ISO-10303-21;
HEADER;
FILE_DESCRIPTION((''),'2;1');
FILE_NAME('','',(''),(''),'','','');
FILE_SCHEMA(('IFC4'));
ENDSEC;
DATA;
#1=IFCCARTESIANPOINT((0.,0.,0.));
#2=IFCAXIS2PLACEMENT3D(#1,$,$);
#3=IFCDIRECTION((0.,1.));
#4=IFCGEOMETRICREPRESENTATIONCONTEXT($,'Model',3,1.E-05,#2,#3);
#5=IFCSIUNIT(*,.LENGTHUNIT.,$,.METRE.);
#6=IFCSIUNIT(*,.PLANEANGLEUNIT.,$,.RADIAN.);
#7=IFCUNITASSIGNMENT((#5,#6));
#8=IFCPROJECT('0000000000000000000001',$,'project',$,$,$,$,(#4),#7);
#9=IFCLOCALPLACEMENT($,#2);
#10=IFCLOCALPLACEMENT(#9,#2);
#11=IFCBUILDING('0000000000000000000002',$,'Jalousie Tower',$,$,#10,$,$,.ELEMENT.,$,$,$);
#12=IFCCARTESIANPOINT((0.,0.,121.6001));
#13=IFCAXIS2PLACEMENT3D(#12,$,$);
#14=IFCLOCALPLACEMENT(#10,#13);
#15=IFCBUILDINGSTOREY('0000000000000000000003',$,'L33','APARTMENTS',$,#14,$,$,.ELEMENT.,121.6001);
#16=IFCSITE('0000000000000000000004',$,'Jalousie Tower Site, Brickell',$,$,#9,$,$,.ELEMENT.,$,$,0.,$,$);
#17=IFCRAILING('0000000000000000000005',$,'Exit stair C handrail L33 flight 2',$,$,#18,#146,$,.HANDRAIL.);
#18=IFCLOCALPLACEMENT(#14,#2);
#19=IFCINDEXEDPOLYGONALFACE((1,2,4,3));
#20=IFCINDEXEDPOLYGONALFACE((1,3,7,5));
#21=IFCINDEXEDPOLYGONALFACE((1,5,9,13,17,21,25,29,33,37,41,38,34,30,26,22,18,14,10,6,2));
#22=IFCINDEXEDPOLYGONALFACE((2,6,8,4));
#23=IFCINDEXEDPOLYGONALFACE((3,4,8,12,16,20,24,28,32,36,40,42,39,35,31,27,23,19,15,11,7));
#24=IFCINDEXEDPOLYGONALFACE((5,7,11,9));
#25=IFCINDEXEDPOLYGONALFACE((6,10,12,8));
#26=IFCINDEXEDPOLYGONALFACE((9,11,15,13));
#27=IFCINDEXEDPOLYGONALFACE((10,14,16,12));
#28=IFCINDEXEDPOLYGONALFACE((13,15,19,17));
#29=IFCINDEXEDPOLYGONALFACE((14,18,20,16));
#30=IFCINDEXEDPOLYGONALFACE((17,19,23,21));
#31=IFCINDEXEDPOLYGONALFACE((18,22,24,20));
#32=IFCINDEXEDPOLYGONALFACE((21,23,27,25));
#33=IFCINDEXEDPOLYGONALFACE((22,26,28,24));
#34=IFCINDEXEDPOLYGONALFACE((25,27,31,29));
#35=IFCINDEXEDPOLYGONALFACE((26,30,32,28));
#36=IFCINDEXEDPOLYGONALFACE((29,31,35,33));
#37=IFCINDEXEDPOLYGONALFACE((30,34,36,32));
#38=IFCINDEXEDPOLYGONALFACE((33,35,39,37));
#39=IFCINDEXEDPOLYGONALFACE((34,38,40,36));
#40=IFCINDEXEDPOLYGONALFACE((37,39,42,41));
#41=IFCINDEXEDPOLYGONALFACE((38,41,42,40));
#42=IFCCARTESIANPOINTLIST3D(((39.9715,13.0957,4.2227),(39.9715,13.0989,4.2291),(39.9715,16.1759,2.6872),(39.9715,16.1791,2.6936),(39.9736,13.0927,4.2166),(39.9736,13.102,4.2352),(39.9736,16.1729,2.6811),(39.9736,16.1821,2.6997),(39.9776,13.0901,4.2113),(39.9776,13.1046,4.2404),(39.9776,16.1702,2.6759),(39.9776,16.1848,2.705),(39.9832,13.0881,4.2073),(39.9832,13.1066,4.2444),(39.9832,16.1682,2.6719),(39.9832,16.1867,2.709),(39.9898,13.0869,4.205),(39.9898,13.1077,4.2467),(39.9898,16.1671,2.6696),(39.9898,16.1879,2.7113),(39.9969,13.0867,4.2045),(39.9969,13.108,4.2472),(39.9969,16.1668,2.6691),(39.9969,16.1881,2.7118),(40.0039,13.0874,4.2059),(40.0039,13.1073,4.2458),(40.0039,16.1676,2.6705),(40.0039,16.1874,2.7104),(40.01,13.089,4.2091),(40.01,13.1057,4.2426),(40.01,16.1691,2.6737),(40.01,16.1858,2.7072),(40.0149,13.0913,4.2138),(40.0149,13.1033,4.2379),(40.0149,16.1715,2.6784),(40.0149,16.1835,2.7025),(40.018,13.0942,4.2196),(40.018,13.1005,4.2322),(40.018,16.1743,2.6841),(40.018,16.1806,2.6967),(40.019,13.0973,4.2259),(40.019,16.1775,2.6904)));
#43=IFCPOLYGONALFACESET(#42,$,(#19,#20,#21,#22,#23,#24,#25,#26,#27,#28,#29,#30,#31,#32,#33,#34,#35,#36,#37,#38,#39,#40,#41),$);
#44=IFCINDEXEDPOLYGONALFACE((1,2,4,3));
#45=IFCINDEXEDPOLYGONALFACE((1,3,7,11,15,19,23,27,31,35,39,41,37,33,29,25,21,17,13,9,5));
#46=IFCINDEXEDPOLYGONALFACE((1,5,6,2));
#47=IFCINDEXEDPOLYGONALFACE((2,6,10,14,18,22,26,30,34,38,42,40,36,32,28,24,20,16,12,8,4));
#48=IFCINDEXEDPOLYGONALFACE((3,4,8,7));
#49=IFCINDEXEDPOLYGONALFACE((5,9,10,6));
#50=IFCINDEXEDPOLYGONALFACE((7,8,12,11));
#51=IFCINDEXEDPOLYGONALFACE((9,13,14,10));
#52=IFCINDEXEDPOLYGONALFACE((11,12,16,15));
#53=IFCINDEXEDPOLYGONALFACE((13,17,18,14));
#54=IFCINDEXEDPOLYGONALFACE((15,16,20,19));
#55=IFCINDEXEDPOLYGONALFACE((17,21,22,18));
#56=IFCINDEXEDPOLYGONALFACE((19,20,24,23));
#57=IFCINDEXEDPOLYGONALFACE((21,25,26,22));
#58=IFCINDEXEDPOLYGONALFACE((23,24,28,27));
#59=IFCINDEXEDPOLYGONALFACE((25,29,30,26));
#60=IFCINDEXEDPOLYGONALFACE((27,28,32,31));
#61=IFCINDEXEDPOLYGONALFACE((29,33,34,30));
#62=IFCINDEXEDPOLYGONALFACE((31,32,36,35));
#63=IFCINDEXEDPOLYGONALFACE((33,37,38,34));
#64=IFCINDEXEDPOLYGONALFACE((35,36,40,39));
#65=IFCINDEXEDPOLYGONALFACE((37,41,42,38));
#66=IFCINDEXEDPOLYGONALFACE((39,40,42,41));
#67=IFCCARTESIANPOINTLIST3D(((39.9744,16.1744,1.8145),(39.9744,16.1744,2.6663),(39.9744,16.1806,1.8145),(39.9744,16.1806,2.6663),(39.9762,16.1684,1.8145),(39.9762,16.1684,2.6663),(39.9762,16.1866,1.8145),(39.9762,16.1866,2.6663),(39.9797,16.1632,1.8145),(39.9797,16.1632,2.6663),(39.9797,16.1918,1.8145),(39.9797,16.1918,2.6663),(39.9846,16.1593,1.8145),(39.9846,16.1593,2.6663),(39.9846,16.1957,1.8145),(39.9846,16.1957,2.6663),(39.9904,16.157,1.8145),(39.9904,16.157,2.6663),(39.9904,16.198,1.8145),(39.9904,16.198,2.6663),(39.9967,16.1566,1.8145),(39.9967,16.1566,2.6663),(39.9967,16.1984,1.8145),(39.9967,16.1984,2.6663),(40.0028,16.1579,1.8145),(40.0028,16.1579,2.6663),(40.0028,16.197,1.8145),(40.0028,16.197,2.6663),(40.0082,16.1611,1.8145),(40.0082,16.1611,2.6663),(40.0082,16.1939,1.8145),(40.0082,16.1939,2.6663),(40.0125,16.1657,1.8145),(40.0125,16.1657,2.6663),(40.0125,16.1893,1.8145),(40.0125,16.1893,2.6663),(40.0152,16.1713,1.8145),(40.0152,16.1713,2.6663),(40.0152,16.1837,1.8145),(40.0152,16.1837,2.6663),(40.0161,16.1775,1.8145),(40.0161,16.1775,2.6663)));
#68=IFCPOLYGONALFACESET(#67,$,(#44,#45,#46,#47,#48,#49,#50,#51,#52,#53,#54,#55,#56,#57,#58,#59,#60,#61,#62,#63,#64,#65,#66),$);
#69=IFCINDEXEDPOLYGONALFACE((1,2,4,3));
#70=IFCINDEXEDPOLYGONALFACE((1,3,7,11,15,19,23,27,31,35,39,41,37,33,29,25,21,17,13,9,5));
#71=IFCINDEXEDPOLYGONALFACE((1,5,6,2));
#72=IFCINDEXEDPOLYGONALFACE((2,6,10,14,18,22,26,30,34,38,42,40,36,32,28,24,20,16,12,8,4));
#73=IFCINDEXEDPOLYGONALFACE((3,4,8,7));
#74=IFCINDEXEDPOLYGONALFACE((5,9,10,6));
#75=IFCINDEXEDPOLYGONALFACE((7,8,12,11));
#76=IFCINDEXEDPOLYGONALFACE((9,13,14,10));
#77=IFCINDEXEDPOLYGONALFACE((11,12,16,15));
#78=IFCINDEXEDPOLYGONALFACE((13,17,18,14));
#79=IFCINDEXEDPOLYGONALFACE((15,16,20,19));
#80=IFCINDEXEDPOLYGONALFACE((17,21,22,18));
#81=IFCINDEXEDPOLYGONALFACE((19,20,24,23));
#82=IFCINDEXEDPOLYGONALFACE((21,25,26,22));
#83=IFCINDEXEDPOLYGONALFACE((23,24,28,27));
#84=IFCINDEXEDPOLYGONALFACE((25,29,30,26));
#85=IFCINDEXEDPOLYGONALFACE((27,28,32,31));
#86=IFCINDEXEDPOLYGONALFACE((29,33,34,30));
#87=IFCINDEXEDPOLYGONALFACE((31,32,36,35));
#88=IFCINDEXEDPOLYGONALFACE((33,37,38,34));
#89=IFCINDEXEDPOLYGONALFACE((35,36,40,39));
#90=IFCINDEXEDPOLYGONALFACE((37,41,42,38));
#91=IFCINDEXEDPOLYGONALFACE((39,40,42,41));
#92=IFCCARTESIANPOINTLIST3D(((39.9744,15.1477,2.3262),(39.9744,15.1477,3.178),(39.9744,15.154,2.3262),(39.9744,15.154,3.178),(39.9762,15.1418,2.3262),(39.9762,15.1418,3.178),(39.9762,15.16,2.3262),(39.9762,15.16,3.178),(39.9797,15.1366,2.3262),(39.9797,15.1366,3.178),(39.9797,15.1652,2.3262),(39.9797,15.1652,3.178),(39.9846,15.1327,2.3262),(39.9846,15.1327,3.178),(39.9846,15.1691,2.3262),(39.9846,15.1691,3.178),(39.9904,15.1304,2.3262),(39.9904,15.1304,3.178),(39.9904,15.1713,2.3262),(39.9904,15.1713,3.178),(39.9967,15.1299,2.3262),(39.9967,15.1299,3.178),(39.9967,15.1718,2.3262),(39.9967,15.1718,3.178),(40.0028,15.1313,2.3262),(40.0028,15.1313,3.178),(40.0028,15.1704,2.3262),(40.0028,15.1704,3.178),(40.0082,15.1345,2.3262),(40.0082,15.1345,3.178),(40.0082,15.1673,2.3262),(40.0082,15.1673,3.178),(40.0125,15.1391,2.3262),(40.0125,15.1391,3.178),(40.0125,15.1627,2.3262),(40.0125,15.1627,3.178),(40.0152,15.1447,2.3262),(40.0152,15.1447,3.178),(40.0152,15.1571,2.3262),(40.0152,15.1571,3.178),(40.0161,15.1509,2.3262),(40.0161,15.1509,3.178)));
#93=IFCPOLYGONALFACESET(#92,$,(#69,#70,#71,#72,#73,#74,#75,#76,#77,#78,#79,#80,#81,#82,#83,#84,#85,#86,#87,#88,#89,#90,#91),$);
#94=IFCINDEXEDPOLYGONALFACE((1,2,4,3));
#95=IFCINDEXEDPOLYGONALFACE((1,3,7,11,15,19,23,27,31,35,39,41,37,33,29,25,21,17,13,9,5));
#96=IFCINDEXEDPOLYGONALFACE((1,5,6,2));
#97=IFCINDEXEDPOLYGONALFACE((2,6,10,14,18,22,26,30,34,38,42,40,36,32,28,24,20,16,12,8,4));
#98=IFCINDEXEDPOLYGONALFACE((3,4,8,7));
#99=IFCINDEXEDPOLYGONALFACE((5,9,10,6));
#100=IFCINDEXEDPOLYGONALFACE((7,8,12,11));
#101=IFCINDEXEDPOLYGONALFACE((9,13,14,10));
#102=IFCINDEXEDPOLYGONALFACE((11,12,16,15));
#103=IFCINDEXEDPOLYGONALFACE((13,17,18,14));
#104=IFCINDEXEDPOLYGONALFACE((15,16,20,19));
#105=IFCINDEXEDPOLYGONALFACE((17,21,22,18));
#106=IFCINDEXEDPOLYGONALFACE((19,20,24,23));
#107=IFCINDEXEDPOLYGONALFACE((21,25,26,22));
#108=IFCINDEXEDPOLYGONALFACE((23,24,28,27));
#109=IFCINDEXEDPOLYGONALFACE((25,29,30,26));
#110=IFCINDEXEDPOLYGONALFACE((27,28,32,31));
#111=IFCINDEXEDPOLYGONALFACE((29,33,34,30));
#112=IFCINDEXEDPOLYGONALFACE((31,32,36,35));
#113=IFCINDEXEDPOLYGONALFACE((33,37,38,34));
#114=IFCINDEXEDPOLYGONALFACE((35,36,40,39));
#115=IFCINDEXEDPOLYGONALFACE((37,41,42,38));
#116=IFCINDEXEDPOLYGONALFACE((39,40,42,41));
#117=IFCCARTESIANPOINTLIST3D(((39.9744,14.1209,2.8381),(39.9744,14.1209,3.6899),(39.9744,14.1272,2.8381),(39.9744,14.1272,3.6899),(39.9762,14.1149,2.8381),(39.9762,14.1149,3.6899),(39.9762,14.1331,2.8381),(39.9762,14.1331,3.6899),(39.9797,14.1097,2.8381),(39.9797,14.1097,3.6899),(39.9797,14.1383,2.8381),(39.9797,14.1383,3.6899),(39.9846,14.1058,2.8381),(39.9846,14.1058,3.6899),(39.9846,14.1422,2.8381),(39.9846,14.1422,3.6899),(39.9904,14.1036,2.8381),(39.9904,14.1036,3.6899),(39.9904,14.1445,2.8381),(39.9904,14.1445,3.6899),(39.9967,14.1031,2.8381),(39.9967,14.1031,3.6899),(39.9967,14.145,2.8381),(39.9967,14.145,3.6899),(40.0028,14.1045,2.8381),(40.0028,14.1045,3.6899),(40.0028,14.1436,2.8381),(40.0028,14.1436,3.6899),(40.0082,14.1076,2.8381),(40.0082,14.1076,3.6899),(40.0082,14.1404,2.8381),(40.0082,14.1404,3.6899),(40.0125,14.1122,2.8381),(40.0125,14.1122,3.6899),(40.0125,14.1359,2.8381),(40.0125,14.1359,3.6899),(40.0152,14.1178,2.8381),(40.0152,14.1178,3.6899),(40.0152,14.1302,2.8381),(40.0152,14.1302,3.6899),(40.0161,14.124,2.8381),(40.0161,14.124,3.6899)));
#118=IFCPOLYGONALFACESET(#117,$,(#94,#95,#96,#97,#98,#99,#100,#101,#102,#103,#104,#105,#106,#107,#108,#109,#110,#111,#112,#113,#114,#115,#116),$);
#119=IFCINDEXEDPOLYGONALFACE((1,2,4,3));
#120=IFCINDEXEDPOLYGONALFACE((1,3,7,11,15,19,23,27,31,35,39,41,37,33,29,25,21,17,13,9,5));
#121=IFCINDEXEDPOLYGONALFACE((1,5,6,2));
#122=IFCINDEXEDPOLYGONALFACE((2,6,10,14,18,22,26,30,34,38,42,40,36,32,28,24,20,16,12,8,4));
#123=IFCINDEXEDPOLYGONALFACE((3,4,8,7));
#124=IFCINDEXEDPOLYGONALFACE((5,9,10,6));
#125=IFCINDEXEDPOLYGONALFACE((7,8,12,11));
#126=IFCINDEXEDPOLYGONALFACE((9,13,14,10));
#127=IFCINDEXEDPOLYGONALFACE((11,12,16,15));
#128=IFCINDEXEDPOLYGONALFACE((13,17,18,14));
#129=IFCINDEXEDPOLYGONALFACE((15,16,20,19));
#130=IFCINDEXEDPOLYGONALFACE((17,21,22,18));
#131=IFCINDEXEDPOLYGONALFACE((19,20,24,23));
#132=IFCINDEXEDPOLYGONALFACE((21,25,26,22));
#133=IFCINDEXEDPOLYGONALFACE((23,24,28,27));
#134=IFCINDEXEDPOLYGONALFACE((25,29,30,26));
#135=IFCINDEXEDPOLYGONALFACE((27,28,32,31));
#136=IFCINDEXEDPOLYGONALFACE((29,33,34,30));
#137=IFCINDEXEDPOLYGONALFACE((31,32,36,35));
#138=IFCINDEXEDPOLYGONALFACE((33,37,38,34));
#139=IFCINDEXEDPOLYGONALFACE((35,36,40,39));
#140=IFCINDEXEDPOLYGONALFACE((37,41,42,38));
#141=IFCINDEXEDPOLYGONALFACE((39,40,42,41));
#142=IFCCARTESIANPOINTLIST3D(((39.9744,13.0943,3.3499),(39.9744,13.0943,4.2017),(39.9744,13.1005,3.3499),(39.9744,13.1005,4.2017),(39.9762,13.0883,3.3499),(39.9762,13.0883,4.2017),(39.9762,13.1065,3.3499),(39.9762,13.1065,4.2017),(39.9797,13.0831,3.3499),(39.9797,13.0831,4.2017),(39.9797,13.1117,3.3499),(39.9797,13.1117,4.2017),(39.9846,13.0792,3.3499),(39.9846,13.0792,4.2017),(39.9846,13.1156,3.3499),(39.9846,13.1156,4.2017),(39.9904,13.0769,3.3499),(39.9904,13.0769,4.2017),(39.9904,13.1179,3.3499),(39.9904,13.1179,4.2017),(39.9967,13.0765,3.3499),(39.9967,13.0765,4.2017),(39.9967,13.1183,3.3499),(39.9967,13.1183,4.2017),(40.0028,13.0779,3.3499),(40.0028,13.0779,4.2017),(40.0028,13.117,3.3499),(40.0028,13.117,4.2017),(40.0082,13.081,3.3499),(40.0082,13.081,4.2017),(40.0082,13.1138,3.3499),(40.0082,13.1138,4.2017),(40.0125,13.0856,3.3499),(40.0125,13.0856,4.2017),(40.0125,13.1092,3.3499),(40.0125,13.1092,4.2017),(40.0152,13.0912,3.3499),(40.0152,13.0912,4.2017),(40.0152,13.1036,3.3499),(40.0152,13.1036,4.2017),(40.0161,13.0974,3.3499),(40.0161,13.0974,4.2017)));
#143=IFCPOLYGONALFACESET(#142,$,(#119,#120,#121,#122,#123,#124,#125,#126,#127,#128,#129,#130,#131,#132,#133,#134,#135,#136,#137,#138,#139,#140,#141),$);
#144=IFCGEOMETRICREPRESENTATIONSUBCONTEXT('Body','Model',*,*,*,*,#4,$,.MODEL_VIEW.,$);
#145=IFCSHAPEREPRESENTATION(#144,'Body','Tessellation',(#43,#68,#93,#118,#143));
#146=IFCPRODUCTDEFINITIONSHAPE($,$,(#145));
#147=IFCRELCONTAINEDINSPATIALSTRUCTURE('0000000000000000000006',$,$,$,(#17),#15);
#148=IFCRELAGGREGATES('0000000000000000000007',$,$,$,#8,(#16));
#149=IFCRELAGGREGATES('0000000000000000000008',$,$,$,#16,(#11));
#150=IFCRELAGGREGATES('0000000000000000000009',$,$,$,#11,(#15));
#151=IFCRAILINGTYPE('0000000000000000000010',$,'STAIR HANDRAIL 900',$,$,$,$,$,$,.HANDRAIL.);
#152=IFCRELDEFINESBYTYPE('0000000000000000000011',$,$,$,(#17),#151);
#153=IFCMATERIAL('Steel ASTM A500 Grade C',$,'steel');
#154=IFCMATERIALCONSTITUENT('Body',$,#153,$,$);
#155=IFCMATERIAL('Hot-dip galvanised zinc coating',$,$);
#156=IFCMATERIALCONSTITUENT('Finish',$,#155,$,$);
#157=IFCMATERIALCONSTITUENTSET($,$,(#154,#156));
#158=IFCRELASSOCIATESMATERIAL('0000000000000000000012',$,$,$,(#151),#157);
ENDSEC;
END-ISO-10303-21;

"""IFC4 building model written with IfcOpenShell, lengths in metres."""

from ifc_helpers import new_model, si_unit, direction, frame, origin, origin_2d, place, context, subcontext, project, spatial, circle, extrude, material, constituent, constituent_set, type_object, element, save


model = new_model("IFC4")

# Units and contexts
model_context = context("Model", 3, precision=1e-05, world=origin(), true_north=direction((0.0, 1.0)))
body_context = subcontext(model_context, "Body", "Model", "MODEL_VIEW")
ifc_project = project(units=[si_unit("LENGTHUNIT", "METRE"), si_unit("PLANEANGLEUNIT", "RADIAN")], contexts=[model_context])

# Site, building, storey
site_placement = place(None, origin())
site = spatial("IfcSite", under=ifc_project, at=site_placement, Name="Jalousie Tower Site, Brickell", CompositionType="ELEMENT", RefElevation=0.0)
building_placement = place(site_placement, origin())
building = spatial("IfcBuilding", under=site, at=building_placement, Name="Jalousie Tower", CompositionType="ELEMENT")
storey_placement = place(building_placement, frame((0.0, 0.0, 121.6001)))
storey = spatial("IfcBuildingStorey", under=building, at=storey_placement, Name="L33", Description="APARTMENTS", CompositionType="ELEMENT", Elevation=121.6001)

# Railing
ifc_material_1 = material(Name="Steel ASTM A500 Grade C", Category="steel")
ifc_constituent_1 = constituent(ifc_material_1, Name="Body")
ifc_material_2 = material(Name="Hot-dip galvanised zinc coating")
ifc_constituent_2 = constituent(ifc_material_2, Name="Finish")
ifc_constituent_set_1 = constituent_set(constituents=[ifc_constituent_1, ifc_constituent_2])
railing_type_1 = type_object("IfcRailingType", Name="STAIR HANDRAIL 900", PredefinedType="HANDRAIL", material=ifc_constituent_set_1)
railing_1_placement = place(storey_placement, frame((39.9951, 16.1775, 1.8145)))
element("IfcRailing", 1, at=railing_1_placement, inside=storey, type_object=railing_type_1, Name="Exit stair C handrail L33 flight 2", PredefinedType="HANDRAIL", context=body_context, shape_type="SweptSolid", body=[
    extrude(circle(Radius=0.0239, at=origin_2d()), frame((0.0, 0.0, 0.876), z_axis=(0.0, -0.894966, 0.446135), x_axis=(1.0, 0.0, 0.0)), (0.0, 0.0, 1.0), 3.4417),
    extrude(circle(Radius=0.021, at=origin_2d()), origin(), (0.0, 0.0, 1.0), 0.8518),
    extrude(circle(Radius=0.021, at=origin_2d()), frame((0.0, -1.0266, 0.5117)), (0.0, 0.0, 1.0), 0.8518),
    extrude(circle(Radius=0.021, at=origin_2d()), frame((0.0, -2.0535, 1.0237)), (0.0, 0.0, 1.0), 0.8518),
    extrude(circle(Radius=0.021, at=origin_2d()), frame((0.0, -3.0801, 1.5354)), (0.0, 0.0, 1.0), 0.8518),
])

save(model, "model.ifc")
